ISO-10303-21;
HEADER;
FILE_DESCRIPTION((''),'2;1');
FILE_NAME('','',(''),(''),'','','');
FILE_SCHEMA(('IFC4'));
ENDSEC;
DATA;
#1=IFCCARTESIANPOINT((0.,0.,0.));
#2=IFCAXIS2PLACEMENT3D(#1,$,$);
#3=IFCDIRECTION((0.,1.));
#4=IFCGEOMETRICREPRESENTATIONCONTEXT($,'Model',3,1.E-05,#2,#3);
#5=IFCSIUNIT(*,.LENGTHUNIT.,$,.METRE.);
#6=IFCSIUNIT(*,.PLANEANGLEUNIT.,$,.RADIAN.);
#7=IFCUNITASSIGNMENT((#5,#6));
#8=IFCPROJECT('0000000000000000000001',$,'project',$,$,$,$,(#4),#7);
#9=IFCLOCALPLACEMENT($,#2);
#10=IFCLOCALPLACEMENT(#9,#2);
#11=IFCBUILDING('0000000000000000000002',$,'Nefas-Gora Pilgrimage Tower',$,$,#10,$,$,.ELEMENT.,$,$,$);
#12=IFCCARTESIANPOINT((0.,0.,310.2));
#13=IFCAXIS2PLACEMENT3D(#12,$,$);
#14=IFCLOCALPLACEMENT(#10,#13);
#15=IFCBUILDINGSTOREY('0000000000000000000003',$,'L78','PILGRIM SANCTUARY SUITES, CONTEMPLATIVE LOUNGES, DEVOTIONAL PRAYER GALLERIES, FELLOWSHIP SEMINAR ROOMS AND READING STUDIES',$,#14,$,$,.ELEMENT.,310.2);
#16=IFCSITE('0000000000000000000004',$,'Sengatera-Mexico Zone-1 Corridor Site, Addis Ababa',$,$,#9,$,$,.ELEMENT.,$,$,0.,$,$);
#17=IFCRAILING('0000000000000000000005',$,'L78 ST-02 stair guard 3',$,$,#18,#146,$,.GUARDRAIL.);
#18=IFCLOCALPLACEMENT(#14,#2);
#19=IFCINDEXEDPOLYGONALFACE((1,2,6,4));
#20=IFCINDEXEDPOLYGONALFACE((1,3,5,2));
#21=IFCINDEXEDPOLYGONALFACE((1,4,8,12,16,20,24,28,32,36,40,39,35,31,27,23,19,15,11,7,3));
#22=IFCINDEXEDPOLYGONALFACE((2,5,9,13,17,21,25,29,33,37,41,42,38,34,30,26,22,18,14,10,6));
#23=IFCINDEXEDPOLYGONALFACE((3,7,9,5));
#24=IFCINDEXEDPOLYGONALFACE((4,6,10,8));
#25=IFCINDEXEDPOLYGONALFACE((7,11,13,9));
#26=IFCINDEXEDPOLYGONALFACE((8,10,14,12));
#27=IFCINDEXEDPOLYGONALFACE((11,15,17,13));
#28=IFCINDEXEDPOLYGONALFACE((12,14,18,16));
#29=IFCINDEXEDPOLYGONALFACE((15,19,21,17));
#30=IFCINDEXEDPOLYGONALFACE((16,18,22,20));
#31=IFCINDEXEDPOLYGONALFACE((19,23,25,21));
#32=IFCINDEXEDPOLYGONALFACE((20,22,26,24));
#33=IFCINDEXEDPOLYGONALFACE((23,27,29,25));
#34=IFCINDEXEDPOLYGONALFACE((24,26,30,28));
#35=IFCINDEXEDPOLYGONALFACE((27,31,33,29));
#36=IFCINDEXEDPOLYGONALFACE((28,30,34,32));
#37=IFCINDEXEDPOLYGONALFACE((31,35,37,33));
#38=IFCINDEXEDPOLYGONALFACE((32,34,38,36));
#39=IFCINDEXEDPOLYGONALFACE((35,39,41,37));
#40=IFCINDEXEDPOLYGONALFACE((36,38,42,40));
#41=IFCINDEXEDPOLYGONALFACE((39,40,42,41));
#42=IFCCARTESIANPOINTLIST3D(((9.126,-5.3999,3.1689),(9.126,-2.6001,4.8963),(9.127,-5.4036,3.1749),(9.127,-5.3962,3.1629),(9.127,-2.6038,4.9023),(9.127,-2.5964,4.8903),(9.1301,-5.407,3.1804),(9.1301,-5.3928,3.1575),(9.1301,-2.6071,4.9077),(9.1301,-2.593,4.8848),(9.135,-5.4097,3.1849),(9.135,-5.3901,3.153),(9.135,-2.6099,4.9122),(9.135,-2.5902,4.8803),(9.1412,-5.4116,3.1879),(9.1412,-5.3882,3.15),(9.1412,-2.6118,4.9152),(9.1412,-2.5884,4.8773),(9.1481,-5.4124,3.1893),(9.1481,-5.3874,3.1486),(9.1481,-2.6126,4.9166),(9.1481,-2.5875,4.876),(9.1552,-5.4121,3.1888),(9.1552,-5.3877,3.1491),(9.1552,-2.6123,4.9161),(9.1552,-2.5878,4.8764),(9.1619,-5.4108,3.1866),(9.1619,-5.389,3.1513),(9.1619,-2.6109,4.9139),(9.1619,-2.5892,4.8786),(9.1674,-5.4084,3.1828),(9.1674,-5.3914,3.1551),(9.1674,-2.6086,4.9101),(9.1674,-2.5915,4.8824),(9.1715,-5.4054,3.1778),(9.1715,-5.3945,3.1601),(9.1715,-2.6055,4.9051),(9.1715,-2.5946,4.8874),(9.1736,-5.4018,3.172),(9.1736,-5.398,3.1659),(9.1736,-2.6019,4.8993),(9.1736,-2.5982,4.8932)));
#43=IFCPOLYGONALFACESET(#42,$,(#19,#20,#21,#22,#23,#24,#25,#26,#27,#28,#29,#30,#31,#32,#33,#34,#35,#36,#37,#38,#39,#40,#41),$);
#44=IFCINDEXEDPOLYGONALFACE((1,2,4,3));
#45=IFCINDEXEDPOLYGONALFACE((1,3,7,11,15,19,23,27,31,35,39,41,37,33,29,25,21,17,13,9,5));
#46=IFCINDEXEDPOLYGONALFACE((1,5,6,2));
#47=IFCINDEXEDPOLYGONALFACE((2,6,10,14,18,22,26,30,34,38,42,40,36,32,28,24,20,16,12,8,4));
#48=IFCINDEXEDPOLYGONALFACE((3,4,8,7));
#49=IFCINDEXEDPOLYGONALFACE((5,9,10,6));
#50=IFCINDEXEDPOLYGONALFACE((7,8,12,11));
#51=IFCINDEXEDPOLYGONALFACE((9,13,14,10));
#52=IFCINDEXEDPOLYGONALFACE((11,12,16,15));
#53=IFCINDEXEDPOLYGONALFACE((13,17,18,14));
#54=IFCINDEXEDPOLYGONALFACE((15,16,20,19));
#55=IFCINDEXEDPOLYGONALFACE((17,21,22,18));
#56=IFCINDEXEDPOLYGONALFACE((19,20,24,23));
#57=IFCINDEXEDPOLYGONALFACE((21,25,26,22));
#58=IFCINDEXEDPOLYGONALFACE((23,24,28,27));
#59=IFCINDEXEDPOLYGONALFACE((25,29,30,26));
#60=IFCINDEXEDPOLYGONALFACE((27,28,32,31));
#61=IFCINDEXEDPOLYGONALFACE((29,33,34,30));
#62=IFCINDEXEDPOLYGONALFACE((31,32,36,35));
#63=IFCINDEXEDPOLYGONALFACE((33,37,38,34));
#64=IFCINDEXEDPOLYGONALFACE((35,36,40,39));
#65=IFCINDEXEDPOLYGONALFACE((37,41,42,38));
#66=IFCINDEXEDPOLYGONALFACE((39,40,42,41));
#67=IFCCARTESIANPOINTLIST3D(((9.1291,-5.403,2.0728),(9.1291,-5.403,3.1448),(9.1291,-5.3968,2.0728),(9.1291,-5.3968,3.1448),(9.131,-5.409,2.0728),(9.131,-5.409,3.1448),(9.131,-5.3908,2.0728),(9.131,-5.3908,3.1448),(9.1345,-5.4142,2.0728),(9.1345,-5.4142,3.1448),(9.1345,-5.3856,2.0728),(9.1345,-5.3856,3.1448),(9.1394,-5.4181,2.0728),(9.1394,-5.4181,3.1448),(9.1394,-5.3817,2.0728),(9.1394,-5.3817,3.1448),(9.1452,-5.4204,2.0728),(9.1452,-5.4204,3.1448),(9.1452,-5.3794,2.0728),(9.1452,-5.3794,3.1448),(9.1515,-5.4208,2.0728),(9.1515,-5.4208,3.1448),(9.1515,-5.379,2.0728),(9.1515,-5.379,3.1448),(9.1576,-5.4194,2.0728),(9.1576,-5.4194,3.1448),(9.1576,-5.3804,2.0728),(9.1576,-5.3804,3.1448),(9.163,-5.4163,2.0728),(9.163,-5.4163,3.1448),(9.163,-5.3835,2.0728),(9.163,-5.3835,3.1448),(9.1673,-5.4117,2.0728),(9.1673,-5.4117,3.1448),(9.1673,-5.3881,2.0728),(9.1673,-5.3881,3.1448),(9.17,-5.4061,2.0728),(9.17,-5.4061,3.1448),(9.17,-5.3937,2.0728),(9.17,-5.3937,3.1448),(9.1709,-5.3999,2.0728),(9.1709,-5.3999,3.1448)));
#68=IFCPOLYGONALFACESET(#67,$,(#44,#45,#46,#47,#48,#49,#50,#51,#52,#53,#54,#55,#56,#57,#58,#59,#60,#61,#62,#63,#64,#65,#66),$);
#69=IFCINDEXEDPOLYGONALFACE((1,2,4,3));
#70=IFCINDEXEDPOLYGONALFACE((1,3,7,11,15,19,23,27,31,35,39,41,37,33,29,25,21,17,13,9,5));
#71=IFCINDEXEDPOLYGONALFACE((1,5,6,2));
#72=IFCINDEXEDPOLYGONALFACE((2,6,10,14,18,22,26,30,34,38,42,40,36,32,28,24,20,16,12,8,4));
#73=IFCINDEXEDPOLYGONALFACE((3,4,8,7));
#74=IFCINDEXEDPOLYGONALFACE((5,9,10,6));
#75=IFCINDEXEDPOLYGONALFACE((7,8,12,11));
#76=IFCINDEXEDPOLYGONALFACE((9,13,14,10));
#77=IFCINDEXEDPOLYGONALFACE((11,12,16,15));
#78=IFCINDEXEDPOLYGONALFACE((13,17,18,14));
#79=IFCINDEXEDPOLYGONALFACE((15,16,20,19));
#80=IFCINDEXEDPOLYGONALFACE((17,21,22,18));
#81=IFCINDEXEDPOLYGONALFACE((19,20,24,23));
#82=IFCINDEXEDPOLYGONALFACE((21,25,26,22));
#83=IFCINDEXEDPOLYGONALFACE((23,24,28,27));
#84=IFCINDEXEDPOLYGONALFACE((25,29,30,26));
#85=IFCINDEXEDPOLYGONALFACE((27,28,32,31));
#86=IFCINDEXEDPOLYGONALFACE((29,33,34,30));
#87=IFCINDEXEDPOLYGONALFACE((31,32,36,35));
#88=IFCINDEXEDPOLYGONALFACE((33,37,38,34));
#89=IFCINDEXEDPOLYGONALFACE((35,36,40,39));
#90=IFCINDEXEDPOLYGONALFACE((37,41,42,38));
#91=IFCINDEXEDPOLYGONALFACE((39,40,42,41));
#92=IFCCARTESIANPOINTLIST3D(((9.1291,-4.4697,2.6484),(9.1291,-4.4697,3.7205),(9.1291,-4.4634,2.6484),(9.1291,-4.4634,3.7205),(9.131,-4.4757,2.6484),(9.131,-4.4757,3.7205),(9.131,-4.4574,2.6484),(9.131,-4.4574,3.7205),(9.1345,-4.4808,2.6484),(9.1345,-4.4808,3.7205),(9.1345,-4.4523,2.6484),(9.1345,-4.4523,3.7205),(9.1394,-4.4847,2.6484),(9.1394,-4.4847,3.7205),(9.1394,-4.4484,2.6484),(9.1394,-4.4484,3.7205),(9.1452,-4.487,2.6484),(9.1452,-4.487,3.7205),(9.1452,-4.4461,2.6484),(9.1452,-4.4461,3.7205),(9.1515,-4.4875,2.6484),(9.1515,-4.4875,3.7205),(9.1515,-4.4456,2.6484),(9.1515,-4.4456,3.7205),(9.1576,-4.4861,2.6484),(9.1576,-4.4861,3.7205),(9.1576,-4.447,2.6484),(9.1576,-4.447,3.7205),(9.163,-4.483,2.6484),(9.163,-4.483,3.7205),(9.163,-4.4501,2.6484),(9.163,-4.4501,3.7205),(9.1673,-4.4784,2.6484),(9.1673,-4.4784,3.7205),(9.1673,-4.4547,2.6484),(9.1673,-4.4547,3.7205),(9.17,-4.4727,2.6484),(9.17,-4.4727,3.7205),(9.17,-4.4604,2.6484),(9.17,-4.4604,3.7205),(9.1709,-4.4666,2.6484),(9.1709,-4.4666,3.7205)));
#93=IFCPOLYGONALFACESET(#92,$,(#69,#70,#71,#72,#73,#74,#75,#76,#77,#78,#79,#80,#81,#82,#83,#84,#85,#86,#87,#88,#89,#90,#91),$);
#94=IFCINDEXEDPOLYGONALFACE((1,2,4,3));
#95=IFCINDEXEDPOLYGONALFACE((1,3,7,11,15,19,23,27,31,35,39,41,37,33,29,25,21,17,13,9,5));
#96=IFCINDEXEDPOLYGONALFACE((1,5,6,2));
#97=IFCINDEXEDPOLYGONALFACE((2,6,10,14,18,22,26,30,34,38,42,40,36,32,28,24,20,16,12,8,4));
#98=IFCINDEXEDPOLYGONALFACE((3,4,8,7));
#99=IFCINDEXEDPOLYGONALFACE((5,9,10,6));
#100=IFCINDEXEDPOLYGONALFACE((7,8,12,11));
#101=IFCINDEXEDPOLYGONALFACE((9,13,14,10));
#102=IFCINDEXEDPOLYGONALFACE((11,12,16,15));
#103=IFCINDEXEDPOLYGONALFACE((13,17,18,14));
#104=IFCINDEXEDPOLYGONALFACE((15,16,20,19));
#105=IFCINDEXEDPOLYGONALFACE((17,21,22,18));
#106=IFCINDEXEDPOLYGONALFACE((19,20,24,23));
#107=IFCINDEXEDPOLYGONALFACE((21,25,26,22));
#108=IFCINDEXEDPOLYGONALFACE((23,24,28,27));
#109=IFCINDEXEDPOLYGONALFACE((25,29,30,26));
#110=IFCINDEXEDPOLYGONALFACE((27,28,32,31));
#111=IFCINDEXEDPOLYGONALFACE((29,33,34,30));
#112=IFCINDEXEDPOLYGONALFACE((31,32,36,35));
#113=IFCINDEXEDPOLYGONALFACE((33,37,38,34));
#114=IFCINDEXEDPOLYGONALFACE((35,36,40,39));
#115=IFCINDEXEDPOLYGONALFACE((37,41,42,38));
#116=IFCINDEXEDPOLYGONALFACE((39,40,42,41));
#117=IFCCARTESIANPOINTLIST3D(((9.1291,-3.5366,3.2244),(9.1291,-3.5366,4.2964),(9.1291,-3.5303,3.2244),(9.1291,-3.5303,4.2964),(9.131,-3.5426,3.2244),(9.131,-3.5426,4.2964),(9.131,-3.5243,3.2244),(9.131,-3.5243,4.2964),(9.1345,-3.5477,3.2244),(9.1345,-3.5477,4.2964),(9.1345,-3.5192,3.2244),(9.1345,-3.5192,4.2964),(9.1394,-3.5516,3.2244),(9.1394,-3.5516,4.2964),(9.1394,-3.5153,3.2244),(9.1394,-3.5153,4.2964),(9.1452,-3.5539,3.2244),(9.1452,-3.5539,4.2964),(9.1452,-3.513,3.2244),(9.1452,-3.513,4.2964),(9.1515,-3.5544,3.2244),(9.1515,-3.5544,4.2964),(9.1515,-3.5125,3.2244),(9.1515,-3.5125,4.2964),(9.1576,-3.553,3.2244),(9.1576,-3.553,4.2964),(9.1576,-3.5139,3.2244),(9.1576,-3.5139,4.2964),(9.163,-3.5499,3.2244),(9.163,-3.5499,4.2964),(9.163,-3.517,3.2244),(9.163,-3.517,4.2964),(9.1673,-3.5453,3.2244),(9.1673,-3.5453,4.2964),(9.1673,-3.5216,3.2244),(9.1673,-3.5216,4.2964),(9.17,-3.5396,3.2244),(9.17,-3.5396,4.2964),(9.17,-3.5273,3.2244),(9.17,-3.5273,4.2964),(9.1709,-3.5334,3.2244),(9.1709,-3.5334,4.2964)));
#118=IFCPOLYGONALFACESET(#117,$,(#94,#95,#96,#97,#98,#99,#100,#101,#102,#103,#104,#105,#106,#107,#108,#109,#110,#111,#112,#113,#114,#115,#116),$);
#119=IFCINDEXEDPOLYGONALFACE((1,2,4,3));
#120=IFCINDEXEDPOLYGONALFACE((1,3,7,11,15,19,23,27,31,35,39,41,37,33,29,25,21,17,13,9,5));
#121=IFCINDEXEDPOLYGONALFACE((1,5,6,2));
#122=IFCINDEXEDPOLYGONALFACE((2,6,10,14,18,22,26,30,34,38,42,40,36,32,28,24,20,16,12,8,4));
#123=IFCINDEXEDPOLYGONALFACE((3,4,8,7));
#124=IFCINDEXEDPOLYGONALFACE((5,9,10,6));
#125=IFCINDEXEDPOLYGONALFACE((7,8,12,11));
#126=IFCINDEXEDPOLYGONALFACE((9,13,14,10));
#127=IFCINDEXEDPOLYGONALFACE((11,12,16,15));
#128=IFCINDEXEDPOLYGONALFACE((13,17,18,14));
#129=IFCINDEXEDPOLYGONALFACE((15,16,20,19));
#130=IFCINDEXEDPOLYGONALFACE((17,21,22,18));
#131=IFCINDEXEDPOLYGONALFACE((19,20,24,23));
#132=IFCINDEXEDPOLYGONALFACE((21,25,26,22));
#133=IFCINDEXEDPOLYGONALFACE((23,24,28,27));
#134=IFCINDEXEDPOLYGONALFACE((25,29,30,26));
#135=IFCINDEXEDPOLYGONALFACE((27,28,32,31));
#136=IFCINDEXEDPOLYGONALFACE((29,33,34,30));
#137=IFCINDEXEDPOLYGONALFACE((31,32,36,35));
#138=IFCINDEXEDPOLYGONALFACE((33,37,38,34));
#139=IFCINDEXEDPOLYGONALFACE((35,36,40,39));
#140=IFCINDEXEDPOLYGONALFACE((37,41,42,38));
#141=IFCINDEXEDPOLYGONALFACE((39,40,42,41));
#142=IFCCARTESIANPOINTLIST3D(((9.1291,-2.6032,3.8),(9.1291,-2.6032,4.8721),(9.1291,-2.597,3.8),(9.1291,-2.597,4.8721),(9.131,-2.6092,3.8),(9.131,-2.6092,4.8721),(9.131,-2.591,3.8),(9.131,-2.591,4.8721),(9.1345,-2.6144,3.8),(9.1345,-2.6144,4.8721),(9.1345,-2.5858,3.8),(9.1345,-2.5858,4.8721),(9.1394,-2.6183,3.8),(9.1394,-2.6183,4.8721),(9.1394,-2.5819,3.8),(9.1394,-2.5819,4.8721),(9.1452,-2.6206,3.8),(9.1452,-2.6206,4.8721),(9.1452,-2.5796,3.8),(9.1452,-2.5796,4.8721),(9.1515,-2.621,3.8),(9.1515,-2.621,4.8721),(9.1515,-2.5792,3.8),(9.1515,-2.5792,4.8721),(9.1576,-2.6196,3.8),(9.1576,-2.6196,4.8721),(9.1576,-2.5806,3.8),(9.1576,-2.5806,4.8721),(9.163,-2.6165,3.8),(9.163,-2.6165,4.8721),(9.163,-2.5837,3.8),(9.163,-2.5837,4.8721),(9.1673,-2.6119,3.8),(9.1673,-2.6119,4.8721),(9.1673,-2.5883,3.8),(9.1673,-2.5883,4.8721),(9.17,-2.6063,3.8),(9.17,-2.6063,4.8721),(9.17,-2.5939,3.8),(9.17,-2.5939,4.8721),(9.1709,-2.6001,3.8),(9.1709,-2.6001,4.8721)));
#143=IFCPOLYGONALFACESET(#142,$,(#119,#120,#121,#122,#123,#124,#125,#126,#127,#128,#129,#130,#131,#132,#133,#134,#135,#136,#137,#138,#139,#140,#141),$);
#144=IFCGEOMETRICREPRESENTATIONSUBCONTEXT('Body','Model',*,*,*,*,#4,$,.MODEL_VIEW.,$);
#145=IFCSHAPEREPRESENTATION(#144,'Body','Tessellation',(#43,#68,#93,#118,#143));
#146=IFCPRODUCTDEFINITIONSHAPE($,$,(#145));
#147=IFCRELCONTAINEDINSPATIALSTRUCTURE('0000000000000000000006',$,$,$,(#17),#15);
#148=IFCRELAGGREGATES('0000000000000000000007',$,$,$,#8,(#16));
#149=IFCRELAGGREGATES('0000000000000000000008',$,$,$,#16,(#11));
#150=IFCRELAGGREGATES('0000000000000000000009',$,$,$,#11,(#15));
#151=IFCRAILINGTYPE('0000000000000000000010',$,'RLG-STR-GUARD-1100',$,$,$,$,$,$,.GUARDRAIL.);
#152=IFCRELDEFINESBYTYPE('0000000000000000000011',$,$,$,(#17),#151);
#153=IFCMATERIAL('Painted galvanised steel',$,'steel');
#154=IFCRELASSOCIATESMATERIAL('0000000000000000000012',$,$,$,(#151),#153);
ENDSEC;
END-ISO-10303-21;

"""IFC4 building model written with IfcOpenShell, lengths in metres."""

from ifc_helpers import new_model, si_unit, direction, frame, origin, origin_2d, place, context, subcontext, project, spatial, circle, extrude, material, type_object, element, save


model = new_model("IFC4")

# Units and contexts
model_context = context("Model", 3, precision=1e-05, world=origin(), true_north=direction((0.0, 1.0)))
body_context = subcontext(model_context, "Body", "Model", "MODEL_VIEW")
ifc_project = project(units=[si_unit("LENGTHUNIT", "METRE"), si_unit("PLANEANGLEUNIT", "RADIAN")], contexts=[model_context])

# Site, building, storey
site_placement = place(None, origin())
site = spatial("IfcSite", under=ifc_project, at=site_placement, Name="Sengatera-Mexico Zone-1 Corridor Site, Addis Ababa", CompositionType="ELEMENT", RefElevation=0.0)
building_placement = place(site_placement, origin())
building = spatial("IfcBuilding", under=site, at=building_placement, Name="Nefas-Gora Pilgrimage Tower", CompositionType="ELEMENT")
storey_placement = place(building_placement, frame((0.0, 0.0, 310.2)))
storey = spatial("IfcBuildingStorey", under=building, at=storey_placement, Name="L78", Description="PILGRIM SANCTUARY SUITES, CONTEMPLATIVE LOUNGES, DEVOTIONAL PRAYER GALLERIES, FELLOWSHIP SEMINAR ROOMS AND READING STUDIES", CompositionType="ELEMENT", Elevation=310.2)

# Railing
ifc_material_1 = material(Name="Painted galvanised steel", Category="steel")
railing_type_1 = type_object("IfcRailingType", Name="RLG-STR-GUARD-1100", PredefinedType="GUARDRAIL", material=ifc_material_1)
railing_1_placement = place(storey_placement, frame((9.1499, -5.3999, 2.0728)))
element("IfcRailing", 1, at=railing_1_placement, inside=storey, type_object=railing_type_1, Name="L78 ST-02 stair guard 3", PredefinedType="GUARDRAIL", context=body_context, shape_type="SweptSolid", body=[
    extrude(circle(Radius=0.0239, at=origin_2d()), frame((0.0, 0.0, 1.0962), z_axis=(0.0, 0.851069, 0.525054), x_axis=(-1.0, 0.0, 0.0)), (0.0, 0.0, 1.0), 3.2898),
    extrude(circle(Radius=0.021, at=origin_2d()), origin(), (0.0, 0.0, 1.0), 1.072),
    extrude(circle(Radius=0.021, at=origin_2d()), frame((0.0, 0.9333, 0.5757)), (0.0, 0.0, 1.0), 1.072),
    extrude(circle(Radius=0.021, at=origin_2d()), frame((0.0, 1.8665, 1.1516)), (0.0, 0.0, 1.0), 1.072),
    extrude(circle(Radius=0.021, at=origin_2d()), frame((0.0, 2.7998, 1.7273)), (0.0, 0.0, 1.0), 1.072),
])

save(model, "model.ifc")
